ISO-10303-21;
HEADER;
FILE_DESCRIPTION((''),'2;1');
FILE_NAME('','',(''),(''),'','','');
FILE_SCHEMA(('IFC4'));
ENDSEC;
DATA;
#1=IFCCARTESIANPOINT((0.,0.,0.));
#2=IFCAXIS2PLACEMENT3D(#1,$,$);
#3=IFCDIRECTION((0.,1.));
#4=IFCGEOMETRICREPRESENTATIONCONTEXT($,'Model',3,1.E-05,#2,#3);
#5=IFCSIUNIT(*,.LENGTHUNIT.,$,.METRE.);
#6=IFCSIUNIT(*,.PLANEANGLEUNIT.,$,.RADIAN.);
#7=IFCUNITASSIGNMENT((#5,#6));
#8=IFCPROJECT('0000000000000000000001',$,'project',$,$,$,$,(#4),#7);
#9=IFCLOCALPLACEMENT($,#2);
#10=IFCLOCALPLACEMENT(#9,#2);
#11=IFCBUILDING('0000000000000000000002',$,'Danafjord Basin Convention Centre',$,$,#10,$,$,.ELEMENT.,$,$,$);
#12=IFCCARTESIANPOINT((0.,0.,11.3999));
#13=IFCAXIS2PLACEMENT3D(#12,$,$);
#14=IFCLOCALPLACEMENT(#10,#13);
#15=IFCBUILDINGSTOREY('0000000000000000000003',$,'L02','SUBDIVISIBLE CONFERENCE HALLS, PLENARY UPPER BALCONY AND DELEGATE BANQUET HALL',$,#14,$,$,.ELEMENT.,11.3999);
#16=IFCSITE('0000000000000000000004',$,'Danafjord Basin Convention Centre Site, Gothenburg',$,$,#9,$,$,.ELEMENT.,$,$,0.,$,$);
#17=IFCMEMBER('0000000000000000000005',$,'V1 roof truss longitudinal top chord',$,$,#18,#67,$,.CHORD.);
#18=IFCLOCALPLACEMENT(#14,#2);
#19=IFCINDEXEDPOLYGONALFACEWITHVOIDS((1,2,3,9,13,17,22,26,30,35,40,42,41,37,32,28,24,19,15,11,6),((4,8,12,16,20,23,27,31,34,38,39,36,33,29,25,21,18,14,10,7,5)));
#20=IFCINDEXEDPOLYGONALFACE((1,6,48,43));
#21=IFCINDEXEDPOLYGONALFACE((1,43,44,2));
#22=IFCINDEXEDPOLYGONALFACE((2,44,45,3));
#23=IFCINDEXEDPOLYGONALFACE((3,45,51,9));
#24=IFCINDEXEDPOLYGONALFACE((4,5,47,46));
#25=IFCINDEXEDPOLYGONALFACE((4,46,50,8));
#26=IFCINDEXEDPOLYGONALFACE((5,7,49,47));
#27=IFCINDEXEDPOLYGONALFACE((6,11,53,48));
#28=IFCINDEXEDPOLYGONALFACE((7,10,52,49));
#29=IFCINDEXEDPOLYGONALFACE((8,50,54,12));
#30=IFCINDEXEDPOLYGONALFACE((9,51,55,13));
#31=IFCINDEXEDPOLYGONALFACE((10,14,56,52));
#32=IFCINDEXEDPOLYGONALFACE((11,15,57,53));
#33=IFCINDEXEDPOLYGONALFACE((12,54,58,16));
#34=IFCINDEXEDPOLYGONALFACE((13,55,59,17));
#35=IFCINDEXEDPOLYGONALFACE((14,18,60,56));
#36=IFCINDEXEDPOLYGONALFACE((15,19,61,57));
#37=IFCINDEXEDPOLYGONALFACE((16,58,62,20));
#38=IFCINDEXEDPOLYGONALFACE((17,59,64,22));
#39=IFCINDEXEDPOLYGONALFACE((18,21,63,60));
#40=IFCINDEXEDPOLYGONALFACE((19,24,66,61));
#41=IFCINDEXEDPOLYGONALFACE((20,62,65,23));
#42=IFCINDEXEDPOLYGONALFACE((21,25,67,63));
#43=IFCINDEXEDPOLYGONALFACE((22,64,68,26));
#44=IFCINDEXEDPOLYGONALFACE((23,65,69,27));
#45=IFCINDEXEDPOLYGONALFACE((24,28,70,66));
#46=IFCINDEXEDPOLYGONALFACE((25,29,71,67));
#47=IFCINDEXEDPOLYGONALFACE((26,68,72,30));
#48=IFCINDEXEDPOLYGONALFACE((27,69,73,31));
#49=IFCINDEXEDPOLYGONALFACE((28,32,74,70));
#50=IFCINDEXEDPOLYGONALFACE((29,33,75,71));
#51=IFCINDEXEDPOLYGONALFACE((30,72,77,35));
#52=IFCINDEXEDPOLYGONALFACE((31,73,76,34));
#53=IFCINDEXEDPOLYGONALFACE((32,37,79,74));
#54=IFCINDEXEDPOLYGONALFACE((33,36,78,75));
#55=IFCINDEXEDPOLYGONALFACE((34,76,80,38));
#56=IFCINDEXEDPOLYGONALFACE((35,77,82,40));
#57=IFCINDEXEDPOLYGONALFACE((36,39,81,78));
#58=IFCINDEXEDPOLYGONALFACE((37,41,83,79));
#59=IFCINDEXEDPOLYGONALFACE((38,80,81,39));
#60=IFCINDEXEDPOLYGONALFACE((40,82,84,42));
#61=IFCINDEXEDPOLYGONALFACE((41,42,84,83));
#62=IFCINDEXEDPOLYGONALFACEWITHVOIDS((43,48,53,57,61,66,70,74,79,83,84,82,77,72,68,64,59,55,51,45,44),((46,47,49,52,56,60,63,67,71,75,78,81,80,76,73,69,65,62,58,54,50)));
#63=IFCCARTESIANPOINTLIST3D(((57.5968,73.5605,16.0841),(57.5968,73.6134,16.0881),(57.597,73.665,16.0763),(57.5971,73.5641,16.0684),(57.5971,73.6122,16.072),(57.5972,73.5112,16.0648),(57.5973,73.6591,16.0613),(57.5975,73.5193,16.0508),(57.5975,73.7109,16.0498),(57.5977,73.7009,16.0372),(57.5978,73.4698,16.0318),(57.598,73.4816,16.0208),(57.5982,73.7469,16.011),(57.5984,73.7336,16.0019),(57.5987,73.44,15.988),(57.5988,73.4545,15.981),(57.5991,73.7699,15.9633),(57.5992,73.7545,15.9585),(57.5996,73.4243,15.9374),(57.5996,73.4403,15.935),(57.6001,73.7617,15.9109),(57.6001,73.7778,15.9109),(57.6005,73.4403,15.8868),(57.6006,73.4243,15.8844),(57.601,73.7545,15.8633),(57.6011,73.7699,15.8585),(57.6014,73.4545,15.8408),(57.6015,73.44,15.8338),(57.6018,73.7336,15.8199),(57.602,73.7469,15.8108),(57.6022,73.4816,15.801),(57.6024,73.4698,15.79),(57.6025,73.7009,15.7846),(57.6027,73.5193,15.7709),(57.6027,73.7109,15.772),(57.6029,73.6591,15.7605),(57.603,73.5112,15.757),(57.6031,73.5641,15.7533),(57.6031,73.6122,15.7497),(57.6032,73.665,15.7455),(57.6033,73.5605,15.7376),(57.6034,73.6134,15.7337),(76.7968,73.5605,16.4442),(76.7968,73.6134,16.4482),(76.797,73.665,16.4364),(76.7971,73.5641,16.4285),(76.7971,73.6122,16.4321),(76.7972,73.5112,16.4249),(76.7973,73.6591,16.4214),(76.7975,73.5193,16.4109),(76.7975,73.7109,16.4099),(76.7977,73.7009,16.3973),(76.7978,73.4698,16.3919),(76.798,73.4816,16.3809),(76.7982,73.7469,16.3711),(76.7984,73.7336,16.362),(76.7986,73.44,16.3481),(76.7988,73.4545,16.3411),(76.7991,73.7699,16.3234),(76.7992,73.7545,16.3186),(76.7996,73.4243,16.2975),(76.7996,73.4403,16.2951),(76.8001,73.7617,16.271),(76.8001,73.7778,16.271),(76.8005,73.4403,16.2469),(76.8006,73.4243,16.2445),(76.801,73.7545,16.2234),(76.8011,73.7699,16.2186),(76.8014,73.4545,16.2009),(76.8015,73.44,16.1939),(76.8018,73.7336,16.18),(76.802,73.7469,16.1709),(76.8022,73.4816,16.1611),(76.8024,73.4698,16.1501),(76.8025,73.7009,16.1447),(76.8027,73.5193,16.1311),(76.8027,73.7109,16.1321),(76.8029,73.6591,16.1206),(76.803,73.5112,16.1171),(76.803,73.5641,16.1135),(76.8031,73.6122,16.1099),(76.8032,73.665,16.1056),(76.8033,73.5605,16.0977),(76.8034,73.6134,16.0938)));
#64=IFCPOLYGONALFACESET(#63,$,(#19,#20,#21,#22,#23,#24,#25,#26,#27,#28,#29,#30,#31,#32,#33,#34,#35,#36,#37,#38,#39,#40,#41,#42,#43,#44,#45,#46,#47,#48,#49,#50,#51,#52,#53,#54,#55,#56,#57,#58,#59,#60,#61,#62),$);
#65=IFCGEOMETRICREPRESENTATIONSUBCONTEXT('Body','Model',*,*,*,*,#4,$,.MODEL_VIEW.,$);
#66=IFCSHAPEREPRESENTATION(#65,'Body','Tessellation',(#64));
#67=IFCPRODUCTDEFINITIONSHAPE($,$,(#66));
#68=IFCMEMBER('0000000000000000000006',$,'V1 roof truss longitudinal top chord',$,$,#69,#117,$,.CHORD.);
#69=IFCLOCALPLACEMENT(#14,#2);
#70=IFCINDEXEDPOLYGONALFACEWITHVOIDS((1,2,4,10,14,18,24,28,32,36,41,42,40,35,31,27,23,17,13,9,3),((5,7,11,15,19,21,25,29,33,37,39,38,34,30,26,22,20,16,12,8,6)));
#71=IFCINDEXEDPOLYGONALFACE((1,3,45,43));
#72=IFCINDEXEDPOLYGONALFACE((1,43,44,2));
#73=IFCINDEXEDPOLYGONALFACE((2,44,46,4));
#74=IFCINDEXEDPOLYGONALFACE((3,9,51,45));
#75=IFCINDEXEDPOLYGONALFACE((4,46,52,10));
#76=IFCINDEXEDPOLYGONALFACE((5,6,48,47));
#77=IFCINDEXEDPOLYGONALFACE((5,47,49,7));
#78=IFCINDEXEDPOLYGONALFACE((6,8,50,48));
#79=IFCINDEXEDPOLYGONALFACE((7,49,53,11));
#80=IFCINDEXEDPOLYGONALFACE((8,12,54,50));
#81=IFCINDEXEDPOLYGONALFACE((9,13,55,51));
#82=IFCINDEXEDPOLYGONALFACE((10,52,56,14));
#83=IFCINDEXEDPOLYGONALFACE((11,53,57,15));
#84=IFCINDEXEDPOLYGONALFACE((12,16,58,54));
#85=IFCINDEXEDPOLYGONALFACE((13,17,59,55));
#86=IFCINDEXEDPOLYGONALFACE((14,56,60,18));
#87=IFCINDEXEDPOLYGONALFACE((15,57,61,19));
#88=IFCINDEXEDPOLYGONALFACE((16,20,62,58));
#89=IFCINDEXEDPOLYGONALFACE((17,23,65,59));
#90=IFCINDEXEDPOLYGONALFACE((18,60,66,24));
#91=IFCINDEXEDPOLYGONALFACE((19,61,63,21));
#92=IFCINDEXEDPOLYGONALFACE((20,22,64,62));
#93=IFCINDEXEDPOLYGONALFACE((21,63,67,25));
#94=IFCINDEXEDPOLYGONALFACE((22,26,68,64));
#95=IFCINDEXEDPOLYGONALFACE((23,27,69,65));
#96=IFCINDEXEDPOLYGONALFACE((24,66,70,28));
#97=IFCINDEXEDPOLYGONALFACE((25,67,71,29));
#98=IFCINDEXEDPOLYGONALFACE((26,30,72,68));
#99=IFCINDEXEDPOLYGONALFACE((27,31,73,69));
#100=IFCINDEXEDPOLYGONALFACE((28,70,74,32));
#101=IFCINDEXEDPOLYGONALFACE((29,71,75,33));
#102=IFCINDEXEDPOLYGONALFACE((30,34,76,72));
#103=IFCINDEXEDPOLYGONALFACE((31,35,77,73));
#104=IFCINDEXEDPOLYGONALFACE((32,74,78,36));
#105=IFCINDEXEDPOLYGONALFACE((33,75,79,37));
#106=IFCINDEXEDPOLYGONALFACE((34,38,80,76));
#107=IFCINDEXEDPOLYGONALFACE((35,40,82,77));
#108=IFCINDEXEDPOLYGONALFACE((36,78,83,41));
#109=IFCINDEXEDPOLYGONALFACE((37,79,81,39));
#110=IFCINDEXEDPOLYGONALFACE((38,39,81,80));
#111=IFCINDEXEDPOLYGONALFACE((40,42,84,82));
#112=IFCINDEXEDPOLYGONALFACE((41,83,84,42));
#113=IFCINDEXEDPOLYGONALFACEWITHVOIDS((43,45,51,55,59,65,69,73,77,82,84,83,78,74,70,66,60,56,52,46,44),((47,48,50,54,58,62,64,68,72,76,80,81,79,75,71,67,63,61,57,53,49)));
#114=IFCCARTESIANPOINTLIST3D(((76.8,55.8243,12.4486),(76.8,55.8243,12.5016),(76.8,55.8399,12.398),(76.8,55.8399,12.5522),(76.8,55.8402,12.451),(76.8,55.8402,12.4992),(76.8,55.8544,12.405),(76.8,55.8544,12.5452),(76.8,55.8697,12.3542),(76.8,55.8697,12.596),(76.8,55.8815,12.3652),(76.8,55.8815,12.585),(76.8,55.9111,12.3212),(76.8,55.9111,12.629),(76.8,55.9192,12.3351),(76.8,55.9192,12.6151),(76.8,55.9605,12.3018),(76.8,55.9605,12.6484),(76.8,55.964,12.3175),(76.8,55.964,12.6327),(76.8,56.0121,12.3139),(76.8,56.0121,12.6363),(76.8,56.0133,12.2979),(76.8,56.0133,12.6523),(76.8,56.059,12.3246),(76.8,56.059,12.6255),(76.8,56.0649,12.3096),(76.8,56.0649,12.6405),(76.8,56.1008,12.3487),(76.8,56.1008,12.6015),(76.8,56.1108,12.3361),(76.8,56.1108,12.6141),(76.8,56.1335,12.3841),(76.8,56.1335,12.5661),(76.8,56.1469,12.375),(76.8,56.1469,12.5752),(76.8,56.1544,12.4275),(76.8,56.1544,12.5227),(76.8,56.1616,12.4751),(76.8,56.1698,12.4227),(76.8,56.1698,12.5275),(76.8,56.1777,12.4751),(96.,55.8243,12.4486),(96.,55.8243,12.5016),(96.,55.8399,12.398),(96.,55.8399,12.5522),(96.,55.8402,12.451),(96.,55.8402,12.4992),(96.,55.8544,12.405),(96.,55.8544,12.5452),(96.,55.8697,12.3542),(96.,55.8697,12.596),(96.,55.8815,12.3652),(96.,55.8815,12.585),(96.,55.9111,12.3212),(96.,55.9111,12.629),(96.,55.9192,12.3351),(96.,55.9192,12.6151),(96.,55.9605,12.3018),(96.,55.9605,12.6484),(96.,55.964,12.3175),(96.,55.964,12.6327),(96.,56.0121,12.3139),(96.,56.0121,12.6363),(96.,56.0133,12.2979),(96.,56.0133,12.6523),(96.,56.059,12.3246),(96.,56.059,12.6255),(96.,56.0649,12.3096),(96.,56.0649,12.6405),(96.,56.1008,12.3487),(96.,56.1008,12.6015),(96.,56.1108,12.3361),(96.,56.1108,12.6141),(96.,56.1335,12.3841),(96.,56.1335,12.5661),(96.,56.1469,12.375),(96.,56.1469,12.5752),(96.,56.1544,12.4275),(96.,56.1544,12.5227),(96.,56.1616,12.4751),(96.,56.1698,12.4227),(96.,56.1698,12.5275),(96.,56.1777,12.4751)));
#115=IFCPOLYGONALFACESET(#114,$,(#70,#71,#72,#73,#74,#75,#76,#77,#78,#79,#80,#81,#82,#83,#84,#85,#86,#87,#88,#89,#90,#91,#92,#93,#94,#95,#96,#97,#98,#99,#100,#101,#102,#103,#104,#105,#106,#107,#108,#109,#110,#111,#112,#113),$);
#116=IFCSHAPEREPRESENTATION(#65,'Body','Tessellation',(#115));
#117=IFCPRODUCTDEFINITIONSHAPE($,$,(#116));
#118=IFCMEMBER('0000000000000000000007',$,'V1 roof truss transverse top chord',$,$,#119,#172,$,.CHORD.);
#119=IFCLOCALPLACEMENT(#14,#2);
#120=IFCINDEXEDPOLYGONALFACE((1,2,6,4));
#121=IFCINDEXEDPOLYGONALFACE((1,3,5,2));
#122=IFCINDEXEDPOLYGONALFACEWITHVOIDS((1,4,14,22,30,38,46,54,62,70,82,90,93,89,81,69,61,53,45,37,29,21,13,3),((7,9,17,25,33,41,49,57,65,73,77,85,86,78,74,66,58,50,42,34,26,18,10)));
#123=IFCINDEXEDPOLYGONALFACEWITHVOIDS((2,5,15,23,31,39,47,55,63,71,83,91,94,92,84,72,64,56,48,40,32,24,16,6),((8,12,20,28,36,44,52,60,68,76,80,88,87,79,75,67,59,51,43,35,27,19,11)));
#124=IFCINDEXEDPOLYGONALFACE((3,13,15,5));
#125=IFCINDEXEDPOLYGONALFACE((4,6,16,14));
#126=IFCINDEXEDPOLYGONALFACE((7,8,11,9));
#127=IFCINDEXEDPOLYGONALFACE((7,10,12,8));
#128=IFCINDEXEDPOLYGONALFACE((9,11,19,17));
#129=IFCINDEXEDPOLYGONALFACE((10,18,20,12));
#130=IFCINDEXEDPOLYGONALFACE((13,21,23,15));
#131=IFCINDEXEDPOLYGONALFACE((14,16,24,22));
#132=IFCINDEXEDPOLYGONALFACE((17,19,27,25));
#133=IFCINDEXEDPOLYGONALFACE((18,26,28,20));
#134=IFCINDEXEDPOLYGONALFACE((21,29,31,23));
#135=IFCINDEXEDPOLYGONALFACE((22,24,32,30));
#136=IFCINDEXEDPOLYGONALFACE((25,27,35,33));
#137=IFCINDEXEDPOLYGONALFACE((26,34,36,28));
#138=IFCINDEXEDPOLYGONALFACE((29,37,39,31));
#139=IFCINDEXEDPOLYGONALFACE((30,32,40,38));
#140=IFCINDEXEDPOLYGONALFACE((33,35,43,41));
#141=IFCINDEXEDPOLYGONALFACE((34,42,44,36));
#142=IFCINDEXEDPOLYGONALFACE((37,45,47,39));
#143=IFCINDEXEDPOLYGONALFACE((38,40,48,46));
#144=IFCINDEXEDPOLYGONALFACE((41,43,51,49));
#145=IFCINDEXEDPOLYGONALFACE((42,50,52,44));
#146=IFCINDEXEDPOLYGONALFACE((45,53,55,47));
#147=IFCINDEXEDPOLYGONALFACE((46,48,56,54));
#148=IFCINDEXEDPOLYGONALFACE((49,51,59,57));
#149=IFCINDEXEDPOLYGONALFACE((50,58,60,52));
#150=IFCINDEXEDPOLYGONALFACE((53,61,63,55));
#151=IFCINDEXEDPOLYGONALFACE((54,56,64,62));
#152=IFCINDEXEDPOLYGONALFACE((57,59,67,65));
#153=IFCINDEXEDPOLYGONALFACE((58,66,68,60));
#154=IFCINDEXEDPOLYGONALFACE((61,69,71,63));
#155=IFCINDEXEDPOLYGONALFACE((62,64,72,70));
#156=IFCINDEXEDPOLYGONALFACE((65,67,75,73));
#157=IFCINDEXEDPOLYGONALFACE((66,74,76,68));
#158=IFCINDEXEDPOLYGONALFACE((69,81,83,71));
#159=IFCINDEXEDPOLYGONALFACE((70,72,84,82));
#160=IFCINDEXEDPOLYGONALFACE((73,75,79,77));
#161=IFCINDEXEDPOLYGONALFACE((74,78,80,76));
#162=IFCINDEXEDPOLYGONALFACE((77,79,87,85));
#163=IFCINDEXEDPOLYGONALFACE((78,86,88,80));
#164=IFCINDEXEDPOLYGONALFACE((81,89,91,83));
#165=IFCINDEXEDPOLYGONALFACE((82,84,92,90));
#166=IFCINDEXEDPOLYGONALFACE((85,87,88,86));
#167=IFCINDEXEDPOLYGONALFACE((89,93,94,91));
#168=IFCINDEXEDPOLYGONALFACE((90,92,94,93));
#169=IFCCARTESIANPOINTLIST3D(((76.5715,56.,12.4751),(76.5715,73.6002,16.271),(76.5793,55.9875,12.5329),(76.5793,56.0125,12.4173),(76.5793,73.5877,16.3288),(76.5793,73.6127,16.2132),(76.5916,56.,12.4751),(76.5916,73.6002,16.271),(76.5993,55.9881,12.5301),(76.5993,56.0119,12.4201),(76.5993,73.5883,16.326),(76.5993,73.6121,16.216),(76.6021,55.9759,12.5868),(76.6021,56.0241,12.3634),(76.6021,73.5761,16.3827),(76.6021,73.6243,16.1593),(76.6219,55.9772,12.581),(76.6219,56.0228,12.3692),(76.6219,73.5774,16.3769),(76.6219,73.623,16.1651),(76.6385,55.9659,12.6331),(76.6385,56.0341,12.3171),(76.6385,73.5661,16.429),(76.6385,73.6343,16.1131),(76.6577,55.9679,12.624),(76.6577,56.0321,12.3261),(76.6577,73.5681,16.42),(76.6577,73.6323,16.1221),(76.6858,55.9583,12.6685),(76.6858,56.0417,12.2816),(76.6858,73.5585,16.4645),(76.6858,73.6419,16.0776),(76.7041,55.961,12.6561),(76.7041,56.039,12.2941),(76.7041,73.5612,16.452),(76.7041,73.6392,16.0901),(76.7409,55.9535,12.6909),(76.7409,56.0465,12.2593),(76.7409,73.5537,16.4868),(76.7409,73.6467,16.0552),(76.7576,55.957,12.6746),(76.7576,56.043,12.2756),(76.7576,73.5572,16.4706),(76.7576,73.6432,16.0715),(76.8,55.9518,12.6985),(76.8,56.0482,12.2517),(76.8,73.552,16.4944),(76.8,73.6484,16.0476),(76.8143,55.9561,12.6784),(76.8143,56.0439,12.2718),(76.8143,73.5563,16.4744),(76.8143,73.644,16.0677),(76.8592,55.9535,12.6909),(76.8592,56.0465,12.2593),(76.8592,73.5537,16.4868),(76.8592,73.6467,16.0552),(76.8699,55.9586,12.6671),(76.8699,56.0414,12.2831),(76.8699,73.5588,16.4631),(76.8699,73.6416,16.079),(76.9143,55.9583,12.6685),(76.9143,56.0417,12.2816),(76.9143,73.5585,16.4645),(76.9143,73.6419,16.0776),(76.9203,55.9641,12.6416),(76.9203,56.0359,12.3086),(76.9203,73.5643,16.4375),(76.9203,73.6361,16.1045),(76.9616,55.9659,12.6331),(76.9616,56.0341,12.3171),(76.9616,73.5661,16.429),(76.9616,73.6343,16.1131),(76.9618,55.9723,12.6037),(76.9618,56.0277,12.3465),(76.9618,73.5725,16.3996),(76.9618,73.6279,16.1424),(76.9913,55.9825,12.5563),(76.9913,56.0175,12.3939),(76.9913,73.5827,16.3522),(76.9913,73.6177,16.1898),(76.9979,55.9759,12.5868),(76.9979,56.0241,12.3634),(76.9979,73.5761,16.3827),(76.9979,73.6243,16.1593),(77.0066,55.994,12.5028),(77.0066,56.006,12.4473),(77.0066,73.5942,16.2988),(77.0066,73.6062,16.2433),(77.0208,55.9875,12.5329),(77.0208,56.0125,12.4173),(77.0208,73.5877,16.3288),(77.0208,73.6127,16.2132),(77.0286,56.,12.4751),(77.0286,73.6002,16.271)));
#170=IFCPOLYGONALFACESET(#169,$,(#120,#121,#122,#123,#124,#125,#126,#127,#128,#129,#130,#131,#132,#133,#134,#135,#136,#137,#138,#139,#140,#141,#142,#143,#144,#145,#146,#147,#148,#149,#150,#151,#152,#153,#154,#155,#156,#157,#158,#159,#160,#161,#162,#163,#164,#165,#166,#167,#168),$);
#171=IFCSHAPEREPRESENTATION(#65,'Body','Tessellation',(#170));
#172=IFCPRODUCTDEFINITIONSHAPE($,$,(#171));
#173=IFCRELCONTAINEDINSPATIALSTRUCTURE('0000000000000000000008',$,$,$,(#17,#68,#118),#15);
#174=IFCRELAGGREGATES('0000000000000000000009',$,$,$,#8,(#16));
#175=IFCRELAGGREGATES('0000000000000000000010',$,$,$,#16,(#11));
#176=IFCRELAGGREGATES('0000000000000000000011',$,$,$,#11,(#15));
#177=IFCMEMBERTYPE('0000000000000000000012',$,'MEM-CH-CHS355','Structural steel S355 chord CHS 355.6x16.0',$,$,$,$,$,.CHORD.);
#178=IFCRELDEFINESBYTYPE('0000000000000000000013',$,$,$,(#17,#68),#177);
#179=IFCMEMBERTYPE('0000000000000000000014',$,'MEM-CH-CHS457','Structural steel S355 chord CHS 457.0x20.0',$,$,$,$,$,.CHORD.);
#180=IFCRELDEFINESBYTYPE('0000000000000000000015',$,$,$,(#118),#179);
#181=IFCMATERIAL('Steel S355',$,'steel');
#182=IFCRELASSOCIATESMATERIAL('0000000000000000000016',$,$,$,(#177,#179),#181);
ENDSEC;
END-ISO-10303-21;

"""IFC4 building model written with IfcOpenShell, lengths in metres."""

from ifc_helpers import new_model, si_unit, direction, frame, origin, origin_2d, place, context, subcontext, project, spatial, hollow_circle, extrude, material, material_profile, profile_set, type_object, element, save


model = new_model("IFC4")

# Units and contexts
model_context = context("Model", 3, precision=1e-05, world=origin(), true_north=direction((0.0, 1.0)))
body_context = subcontext(model_context, "Body", "Model", "MODEL_VIEW")
ifc_project = project(units=[si_unit("LENGTHUNIT", "METRE"), si_unit("PLANEANGLEUNIT", "RADIAN")], contexts=[model_context])

# Site, building, storey
site_placement = place(None, origin())
site = spatial("IfcSite", under=ifc_project, at=site_placement, Name="Danafjord Basin Convention Centre Site, Gothenburg", CompositionType="ELEMENT", RefElevation=0.0)
building_placement = place(site_placement, origin())
building = spatial("IfcBuilding", under=site, at=building_placement, Name="Danafjord Basin Convention Centre", CompositionType="ELEMENT")
storey_placement = place(building_placement, frame((0.0, 0.0, 11.3999)))
storey = spatial("IfcBuildingStorey", under=building, at=storey_placement, Name="L02", Description="SUBDIVISIBLE CONFERENCE HALLS, PLENARY UPPER BALCONY AND DELEGATE BANQUET HALL", CompositionType="ELEMENT", Elevation=11.3999)

# Shared definitions
ifc_material_1 = material(Name="Steel S355", Category="steel")

# Members
ifc_material_profile_1 = material_profile(ifc_material_1, hollow_circle(Radius=0.1777, WallThickness=0.0161, at=origin_2d()), Name="CHS 355.6x16.0")
ifc_profile_set_1 = profile_set([ifc_material_profile_1], Name="Steel S355")
member_type_1 = type_object("IfcMemberType", Name="MEM-CH-CHS355", Description="Structural steel S355 chord CHS 355.6x16.0", PredefinedType="CHORD", material=ifc_profile_set_1)
member_1_placement = place(storey_placement, frame((57.6001, 73.6001, 15.9109), z_axis=(0.999824, 0.0, 0.018752), x_axis=(0.0, 1.0, 0.0)))
element("IfcMember", 1, at=member_1_placement, inside=storey, type_object=member_type_1, Name="V1 roof truss longitudinal top chord", PredefinedType="CHORD", context=body_context, shape_type="SweptSolid", body=[
    extrude(hollow_circle(Radius=0.1777, WallThickness=0.0161, at=origin_2d()), origin(), (0.0, 0.0, 1.0), 19.2034),
])
member_2_placement = place(storey_placement, frame((76.8, 56.0, 12.4751), z_axis=(1.0, 0.0, 0.0), x_axis=(0.0, 1.0, 0.0)))
element("IfcMember", 2, at=member_2_placement, inside=storey, type_object=member_type_1, Name="V1 roof truss longitudinal top chord", PredefinedType="CHORD", context=body_context, shape_type="SweptSolid", body=[
    extrude(hollow_circle(Radius=0.1777, WallThickness=0.0161, at=origin_2d()), origin(), (0.0, 0.0, 1.0), 19.2),
])
ifc_material_profile_2 = material_profile(ifc_material_1, hollow_circle(Radius=0.2285, WallThickness=0.02, at=origin_2d()), Name="CHS 457.0x20.0")
ifc_profile_set_2 = profile_set([ifc_material_profile_2], Name="Steel S355")
member_type_2 = type_object("IfcMemberType", Name="MEM-CH-CHS457", Description="Structural steel S355 chord CHS 457.0x20.0", PredefinedType="CHORD", material=ifc_profile_set_2)
member_3_placement = place(storey_placement, frame((76.8, 56.0, 12.4751), z_axis=(0.0, 0.977523, 0.210827), x_axis=(-1.0, 0.0, 0.0)))
element("IfcMember", 3, at=member_3_placement, inside=storey, type_object=member_type_2, Name="V1 roof truss transverse top chord", PredefinedType="CHORD", context=body_context, shape_type="SweptSolid", body=[
    extrude(hollow_circle(Radius=0.2285, WallThickness=0.02, at=origin_2d()), origin(), (0.0, 0.0, 1.0), 18.0049),
])

save(model, "model.ifc")
